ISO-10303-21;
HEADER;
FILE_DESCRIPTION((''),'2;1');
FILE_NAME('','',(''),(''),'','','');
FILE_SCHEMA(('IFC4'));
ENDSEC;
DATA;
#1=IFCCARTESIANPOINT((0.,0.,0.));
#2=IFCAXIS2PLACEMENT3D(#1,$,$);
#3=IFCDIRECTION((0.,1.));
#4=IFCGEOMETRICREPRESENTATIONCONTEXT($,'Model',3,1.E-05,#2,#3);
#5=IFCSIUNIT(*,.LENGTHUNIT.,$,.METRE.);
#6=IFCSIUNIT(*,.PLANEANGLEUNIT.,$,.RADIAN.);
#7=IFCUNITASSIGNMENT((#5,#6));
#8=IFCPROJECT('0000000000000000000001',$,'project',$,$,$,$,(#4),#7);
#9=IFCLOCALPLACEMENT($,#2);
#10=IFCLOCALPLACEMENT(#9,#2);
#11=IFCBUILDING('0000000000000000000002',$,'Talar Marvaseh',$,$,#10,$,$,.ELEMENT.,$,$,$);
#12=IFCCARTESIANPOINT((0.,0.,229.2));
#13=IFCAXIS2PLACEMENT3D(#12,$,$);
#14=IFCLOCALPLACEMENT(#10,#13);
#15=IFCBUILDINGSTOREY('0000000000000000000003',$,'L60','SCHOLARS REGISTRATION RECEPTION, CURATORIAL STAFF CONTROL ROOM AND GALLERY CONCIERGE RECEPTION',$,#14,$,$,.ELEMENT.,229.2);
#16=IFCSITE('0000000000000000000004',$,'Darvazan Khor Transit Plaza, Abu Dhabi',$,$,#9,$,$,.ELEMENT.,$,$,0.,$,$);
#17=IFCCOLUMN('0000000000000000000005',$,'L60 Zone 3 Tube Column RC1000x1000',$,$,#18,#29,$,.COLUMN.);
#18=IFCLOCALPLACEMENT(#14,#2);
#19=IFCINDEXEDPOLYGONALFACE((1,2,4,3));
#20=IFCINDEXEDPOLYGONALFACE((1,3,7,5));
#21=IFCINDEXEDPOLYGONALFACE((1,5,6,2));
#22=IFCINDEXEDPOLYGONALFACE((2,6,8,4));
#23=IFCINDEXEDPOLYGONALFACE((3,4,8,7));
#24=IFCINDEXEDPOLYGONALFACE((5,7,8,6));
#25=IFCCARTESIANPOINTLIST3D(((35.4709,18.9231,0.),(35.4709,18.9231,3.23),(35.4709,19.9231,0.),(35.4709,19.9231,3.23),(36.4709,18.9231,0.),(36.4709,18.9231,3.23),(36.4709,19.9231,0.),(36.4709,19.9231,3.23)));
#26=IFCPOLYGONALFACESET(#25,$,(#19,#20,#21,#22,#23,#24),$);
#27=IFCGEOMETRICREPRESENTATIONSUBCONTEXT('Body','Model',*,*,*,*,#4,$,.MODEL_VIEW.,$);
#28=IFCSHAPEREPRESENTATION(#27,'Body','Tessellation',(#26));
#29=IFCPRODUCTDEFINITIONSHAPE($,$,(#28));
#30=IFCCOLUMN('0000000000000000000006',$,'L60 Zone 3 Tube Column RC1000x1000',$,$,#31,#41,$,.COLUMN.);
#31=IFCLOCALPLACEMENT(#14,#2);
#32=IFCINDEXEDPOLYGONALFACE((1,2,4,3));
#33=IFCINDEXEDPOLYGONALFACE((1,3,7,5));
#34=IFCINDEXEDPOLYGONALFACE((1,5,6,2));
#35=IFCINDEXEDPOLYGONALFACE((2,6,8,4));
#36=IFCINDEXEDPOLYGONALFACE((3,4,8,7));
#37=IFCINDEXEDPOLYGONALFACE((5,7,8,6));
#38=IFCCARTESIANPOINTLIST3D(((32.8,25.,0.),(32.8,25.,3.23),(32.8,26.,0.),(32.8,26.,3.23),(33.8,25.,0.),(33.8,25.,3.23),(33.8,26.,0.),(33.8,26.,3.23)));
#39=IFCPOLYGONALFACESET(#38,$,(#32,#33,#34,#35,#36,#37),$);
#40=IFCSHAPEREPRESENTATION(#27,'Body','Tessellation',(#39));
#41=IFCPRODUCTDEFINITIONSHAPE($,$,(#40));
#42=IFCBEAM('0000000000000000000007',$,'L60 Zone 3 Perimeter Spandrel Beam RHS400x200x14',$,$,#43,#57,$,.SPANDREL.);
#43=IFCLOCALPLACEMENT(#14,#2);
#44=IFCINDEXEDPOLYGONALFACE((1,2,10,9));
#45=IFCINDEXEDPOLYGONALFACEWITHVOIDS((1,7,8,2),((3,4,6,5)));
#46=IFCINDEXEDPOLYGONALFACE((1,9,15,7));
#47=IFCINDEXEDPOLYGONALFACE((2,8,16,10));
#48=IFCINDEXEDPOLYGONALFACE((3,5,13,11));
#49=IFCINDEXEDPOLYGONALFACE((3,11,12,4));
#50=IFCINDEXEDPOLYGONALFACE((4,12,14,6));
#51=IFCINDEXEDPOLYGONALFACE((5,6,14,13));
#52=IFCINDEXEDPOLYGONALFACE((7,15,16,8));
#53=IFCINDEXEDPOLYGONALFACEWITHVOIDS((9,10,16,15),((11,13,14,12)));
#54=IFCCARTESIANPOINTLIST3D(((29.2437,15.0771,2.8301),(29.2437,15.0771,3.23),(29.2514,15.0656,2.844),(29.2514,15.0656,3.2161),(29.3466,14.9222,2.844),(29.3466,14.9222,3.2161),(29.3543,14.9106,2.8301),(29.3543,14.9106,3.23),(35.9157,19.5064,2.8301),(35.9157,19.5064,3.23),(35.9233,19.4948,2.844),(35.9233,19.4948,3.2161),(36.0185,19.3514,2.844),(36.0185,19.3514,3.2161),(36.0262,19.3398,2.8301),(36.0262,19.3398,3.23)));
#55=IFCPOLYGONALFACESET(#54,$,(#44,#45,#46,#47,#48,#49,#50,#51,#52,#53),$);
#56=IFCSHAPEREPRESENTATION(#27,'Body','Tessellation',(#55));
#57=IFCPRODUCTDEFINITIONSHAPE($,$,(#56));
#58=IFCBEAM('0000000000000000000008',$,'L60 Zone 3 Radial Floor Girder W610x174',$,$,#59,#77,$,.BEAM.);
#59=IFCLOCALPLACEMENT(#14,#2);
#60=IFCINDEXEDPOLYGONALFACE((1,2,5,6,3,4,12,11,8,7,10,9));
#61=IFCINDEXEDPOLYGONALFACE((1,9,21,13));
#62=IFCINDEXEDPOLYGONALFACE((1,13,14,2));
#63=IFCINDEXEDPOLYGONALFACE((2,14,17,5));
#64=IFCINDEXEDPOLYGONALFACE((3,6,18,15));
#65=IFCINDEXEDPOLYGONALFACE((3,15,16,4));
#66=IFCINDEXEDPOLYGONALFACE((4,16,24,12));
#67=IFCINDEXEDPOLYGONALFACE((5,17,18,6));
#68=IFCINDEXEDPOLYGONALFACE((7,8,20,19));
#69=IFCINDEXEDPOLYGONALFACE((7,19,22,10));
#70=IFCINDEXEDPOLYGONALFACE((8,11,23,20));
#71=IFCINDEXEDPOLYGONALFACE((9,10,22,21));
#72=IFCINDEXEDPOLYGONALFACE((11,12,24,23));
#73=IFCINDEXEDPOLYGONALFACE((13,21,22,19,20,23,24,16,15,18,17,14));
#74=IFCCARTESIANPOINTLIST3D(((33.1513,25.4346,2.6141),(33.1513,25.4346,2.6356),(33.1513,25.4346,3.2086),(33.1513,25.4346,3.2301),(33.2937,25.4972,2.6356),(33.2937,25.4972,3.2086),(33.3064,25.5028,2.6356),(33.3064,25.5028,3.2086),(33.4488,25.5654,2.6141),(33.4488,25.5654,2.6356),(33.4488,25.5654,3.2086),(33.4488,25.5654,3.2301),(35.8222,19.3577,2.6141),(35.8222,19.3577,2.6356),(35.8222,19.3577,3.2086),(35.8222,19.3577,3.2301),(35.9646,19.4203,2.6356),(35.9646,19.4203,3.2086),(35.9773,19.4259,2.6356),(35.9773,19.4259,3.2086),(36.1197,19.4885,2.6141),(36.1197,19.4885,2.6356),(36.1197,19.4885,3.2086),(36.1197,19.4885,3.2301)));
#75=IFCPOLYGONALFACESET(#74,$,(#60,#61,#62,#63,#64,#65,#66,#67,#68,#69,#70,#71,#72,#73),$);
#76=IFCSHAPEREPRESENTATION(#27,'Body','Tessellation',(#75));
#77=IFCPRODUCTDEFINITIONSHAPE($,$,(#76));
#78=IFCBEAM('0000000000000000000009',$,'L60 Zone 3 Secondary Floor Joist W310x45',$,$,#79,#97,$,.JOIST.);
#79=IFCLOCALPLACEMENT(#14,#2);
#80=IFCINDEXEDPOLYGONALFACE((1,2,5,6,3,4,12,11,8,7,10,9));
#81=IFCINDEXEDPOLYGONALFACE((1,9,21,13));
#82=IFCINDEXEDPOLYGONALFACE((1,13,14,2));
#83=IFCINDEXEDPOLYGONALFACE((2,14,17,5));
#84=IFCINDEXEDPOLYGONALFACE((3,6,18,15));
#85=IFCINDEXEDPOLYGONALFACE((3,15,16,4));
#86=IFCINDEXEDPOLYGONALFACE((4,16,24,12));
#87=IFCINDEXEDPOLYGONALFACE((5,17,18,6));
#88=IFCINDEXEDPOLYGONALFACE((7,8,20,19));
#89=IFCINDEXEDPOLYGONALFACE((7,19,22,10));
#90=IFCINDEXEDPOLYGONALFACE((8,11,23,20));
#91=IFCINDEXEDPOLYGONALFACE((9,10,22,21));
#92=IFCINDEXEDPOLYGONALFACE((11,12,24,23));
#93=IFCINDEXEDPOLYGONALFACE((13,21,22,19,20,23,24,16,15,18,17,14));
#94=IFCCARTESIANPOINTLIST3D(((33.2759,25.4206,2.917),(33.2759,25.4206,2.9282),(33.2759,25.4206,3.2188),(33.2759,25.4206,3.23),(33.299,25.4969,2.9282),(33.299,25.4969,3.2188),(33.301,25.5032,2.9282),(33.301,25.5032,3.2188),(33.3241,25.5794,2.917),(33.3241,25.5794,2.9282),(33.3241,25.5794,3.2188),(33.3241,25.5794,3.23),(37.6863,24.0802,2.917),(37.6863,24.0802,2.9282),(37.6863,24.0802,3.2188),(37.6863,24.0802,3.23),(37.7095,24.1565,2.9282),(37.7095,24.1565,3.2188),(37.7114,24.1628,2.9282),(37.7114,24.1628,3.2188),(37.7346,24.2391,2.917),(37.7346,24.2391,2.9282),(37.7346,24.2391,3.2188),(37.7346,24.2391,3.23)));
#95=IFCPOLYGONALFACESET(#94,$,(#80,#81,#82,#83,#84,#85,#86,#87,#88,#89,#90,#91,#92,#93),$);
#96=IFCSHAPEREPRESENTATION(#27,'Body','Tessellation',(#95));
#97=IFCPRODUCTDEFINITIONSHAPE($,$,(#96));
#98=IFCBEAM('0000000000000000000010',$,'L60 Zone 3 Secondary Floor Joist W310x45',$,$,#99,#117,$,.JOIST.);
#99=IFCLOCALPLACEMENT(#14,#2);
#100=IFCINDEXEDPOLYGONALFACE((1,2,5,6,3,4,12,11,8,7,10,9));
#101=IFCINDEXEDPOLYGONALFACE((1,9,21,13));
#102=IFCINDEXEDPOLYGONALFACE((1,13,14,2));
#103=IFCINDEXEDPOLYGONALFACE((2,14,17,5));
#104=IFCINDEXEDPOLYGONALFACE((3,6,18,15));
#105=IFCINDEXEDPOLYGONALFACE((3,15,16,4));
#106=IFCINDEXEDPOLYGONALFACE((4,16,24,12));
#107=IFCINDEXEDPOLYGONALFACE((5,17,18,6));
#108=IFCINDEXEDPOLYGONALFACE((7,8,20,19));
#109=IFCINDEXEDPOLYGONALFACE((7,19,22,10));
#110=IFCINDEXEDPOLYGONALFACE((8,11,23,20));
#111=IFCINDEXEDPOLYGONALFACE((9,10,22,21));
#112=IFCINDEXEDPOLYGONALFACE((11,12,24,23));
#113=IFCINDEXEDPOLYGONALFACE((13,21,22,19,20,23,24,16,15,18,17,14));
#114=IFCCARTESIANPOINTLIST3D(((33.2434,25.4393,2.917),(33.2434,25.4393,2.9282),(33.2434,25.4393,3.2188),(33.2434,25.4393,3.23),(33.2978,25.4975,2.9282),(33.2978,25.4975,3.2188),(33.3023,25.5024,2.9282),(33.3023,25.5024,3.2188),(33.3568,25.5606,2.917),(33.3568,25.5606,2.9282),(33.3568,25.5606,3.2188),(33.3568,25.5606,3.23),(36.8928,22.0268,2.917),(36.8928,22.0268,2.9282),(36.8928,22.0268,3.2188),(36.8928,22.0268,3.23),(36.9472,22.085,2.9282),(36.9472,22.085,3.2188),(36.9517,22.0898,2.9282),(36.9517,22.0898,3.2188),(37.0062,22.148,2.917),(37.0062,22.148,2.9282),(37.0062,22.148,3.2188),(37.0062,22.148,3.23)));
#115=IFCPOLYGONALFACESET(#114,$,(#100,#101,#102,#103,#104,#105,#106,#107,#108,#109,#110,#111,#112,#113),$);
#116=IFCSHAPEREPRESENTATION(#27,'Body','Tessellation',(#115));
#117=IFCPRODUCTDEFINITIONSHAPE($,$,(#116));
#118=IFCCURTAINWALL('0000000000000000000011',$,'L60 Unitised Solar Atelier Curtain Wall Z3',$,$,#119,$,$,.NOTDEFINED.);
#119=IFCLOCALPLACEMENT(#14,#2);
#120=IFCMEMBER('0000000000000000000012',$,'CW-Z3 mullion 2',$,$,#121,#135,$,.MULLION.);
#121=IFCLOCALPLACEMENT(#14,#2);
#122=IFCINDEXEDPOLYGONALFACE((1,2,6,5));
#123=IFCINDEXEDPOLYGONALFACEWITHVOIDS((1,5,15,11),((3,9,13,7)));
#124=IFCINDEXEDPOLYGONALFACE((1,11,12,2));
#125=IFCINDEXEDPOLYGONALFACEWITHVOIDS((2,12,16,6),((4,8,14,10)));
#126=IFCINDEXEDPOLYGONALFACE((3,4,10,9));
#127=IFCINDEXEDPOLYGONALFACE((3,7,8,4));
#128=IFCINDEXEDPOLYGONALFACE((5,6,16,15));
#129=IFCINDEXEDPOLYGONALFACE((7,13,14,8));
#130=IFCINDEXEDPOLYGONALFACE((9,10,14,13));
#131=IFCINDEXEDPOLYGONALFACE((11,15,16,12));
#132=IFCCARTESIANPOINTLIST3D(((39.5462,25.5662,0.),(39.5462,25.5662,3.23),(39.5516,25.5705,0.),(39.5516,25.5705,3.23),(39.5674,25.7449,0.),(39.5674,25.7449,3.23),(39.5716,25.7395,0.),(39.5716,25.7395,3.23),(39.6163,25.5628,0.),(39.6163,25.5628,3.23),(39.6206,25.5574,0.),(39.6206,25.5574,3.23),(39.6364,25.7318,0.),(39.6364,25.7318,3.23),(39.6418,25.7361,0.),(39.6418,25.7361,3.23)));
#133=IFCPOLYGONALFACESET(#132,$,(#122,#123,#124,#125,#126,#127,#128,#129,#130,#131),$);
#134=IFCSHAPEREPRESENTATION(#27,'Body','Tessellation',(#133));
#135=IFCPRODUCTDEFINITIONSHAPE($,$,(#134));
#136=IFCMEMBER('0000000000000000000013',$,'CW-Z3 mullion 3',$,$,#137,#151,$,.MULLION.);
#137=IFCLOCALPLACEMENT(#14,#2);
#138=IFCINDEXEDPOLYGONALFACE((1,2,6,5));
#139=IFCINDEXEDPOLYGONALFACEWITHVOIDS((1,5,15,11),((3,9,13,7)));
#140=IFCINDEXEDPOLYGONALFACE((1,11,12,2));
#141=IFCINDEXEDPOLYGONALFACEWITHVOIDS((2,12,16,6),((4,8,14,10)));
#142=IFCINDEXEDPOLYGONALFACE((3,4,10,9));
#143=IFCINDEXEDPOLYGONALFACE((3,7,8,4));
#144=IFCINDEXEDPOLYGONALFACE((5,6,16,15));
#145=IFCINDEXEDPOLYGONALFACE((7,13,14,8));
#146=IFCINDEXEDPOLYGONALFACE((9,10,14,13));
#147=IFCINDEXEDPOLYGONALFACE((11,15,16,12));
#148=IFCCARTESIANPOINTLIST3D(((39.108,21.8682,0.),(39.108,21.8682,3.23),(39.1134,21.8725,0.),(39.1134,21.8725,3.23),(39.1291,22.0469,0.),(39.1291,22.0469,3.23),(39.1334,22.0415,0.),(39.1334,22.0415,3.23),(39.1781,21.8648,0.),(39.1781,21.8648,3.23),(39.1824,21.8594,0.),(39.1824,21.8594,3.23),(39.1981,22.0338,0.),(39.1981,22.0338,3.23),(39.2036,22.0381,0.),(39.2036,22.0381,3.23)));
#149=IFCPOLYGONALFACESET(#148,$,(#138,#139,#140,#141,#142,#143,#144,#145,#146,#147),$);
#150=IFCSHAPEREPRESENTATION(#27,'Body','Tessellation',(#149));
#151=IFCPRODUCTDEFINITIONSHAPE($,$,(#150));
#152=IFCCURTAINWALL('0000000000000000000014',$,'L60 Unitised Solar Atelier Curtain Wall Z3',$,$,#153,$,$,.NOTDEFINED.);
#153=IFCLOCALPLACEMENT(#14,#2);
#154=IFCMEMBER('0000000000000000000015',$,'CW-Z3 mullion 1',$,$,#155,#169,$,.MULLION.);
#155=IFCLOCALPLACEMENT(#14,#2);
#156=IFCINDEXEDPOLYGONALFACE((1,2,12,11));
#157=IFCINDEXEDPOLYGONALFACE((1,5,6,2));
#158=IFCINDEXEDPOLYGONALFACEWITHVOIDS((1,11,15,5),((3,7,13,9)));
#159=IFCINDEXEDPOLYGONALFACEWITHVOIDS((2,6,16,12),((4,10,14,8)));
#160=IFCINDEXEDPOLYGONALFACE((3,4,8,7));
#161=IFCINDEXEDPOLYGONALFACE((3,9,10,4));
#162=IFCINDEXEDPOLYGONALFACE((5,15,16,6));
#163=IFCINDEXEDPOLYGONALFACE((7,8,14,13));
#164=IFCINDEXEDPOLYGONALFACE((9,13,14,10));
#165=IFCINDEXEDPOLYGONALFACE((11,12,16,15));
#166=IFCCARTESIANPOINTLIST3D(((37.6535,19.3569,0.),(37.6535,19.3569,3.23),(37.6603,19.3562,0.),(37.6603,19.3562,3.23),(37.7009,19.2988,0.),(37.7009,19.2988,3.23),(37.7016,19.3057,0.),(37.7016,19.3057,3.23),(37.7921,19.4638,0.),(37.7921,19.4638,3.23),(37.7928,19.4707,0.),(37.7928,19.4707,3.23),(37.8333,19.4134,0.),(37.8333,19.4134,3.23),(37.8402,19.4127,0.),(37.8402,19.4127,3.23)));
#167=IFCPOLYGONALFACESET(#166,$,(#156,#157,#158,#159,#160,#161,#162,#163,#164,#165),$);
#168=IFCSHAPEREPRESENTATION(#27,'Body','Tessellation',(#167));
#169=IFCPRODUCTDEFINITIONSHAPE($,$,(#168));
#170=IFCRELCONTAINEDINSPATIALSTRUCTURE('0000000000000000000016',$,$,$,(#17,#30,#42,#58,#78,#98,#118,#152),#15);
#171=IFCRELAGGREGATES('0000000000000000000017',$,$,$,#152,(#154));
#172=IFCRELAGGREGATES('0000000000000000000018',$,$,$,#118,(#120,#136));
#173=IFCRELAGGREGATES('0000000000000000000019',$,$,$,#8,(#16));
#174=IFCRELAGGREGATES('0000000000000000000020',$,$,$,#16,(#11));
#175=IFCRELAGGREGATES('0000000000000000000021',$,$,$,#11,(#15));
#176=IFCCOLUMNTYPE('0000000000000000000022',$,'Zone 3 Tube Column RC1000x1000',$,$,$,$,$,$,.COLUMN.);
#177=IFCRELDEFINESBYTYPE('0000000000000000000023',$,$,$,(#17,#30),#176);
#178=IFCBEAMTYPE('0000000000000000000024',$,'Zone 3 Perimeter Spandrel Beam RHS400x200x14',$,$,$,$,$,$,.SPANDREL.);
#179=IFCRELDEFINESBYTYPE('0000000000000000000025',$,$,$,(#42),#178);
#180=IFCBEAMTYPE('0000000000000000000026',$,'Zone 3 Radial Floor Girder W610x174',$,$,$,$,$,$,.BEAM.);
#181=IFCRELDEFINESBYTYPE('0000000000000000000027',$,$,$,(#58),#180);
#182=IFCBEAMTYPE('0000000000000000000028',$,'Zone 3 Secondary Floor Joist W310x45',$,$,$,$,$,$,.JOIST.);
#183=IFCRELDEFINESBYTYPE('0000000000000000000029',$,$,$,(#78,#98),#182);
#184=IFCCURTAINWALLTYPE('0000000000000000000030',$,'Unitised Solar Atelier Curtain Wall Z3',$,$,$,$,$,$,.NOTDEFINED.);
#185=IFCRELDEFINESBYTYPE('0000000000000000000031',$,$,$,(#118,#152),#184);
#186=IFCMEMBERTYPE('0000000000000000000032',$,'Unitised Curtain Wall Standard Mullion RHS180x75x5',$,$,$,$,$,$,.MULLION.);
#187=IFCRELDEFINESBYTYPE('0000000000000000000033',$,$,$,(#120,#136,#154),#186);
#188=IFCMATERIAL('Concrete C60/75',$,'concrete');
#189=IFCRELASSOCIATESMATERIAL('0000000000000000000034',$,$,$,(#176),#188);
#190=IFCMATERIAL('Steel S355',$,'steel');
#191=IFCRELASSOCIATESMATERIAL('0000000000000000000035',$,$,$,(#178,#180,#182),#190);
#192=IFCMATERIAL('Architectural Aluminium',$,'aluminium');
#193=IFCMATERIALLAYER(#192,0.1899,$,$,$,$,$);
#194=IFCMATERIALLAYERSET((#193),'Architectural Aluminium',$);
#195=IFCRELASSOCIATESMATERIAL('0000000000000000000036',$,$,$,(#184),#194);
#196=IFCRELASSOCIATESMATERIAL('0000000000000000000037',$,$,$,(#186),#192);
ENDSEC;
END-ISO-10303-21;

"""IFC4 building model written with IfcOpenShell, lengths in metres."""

from ifc_helpers import new_model, si_unit, direction, frame, origin, origin_2d, place, context, subcontext, project, spatial, rectangle, hollow_rectangle, i_section, extrude, source, transform, mapped, material, layer, layer_set, material_profile, profile_set, type_object, type_shapes, element, aggregate, save


model = new_model("IFC4")

# Units and contexts
model_context = context("Model", 3, precision=1e-05, world=origin(), true_north=direction((0.0, 1.0)))
body_context = subcontext(model_context, "Body", "Model", "MODEL_VIEW")
ifc_project = project(units=[si_unit("LENGTHUNIT", "METRE"), si_unit("PLANEANGLEUNIT", "RADIAN")], contexts=[model_context])

# Site, building, storey
site_placement = place(None, origin())
site = spatial("IfcSite", under=ifc_project, at=site_placement, Name="Darvazan Khor Transit Plaza, Abu Dhabi", CompositionType="ELEMENT", RefElevation=0.0)
building_placement = place(site_placement, origin())
building = spatial("IfcBuilding", under=site, at=building_placement, Name="Talar Marvaseh", CompositionType="ELEMENT")
storey_placement = place(building_placement, frame((0.0, 0.0, 229.2)))
storey = spatial("IfcBuildingStorey", under=building, at=storey_placement, Name="L60", Description="SCHOLARS REGISTRATION RECEPTION, CURATORIAL STAFF CONTROL ROOM AND GALLERY CONCIERGE RECEPTION", CompositionType="ELEMENT", Elevation=229.2)

# Columns
ifc_material_1 = material(Name="Concrete C60/75", Category="concrete")
ifc_material_profile_1 = material_profile(ifc_material_1, rectangle(XDim=1.0, YDim=1.0, at=origin_2d()), Name="RC1000x1000")
ifc_profile_set_1 = profile_set([ifc_material_profile_1], Name="Concrete C60/75")
column_type = type_object("IfcColumnType", Name="Zone 3 Tube Column RC1000x1000", PredefinedType="COLUMN", material=ifc_profile_set_1)
for number, where, z_axis, x_axis, name in (
    (1, (35.9709, 19.4231, 0.0), (0.0, 0.0, 1.0), (1.0, 0.0, 0.0), "L60 Zone 3 Tube Column RC1000x1000"),
    (2, (33.3, 25.5, 0.0), (0.0, 0.0, 1.0), (1.0, 0.0, 0.0), "L60 Zone 3 Tube Column RC1000x1000"),
):
    element("IfcColumn", number, at=place(storey_placement, frame(where, z_axis=z_axis, x_axis=x_axis)), inside=storey, type_object=column_type, Name=name, PredefinedType="COLUMN", context=body_context, shape_type="SweptSolid", body=[
        extrude(rectangle(XDim=1.0, YDim=1.0, at=origin_2d()), origin(), (0.0, 0.0, 1.0), 3.23),
    ])

# Beams
ifc_material_2 = material(Name="Steel S355", Category="steel")
ifc_material_profile_2 = material_profile(ifc_material_2, hollow_rectangle(XDim=0.2, YDim=0.3999, WallThickness=0.0139, at=origin_2d()), Name="RHS400x200x14")
ifc_profile_set_2 = profile_set([ifc_material_profile_2], Name="Steel S355")
beam_type_1 = type_object("IfcBeamType", Name="Zone 3 Perimeter Spandrel Beam RHS400x200x14", PredefinedType="SPANDREL", material=ifc_profile_set_2)
beam_1_placement = place(storey_placement, frame((35.9709, 19.4231, 3.03), z_axis=(-0.833127, -0.553081, 0.0), x_axis=(0.553081, -0.833127, 0.0)))
element("IfcBeam", 3, at=beam_1_placement, inside=storey, type_object=beam_type_1, Name="L60 Zone 3 Perimeter Spandrel Beam RHS400x200x14", PredefinedType="SPANDREL", context=body_context, shape_type="SweptSolid", body=[
    extrude(hollow_rectangle(XDim=0.2, YDim=0.3999, WallThickness=0.0139, at=origin_2d()), origin(), (0.0, 0.0, 1.0), 8.0083),
])
ifc_material_profile_3 = material_profile(ifc_material_2, i_section(OverallWidth=0.325, OverallDepth=0.616, WebThickness=0.0139, FlangeThickness=0.0215, at=origin_2d()), Name="W610x174")
ifc_profile_set_3 = profile_set([ifc_material_profile_3], Name="Steel S355")
beam_type_2 = type_object("IfcBeamType", Name="Zone 3 Radial Floor Girder W610x174", PredefinedType="BEAM", material=ifc_profile_set_3)
beam_2_placement = place(storey_placement, frame((35.9709, 19.4231, 2.9221), z_axis=(-0.402368, 0.915478, 0.0), x_axis=(-0.915478, -0.402368, 0.0)))
element("IfcBeam", 4, at=beam_2_placement, inside=storey, type_object=beam_type_2, Name="L60 Zone 3 Radial Floor Girder W610x174", PredefinedType="BEAM", context=body_context, shape_type="SweptSolid", body=[
    extrude(i_section(OverallWidth=0.325, OverallDepth=0.616, WebThickness=0.0139, FlangeThickness=0.0215, at=origin_2d()), origin(), (0.0, 0.0, 1.0), 6.6379),
])
ifc_material_profile_4 = material_profile(ifc_material_2, i_section(OverallWidth=0.166, OverallDepth=0.313, WebThickness=0.0066, FlangeThickness=0.0112, at=origin_2d()), Name="W310x45")
ifc_profile_set_4 = profile_set([ifc_material_profile_4], Name="Steel S355")
beam_type_3 = type_object("IfcBeamType", Name="Zone 3 Secondary Floor Joist W310x45", PredefinedType="JOIST", material=ifc_profile_set_4)
beam_3_placement = place(storey_placement, frame((37.7104, 24.1597, 3.0735), z_axis=(-0.956792, 0.290772, 0.0), x_axis=(-0.290772, -0.956792, 0.0)))
element("IfcBeam", 5, at=beam_3_placement, inside=storey, type_object=beam_type_3, Name="L60 Zone 3 Secondary Floor Joist W310x45", PredefinedType="JOIST", context=body_context, shape_type="SweptSolid", body=[
    extrude(i_section(OverallWidth=0.166, OverallDepth=0.313, WebThickness=0.0066, FlangeThickness=0.0112, at=origin_2d()), origin(), (0.0, 0.0, 1.0), 4.6096),
])
beam_4_placement = place(storey_placement, frame((36.9495, 22.0874, 3.0735), z_axis=(-0.730408, 0.683011, 0.0), x_axis=(-0.683011, -0.730408, 0.0)))
element("IfcBeam", 6, at=beam_4_placement, inside=storey, type_object=beam_type_3, Name="L60 Zone 3 Secondary Floor Joist W310x45", PredefinedType="JOIST", context=body_context, shape_type="SweptSolid", body=[
    extrude(i_section(OverallWidth=0.166, OverallDepth=0.313, WebThickness=0.0066, FlangeThickness=0.0112, at=origin_2d()), origin(), (0.0, 0.0, 1.0), 4.9963),
])

# Curtain walls, members
ifc_material_3 = material(Name="Architectural Aluminium", Category="aluminium")
ifc_layer_1 = layer(ifc_material_3, 0.1899)
ifc_layer_set_1 = layer_set([ifc_layer_1], Name="Architectural Aluminium")
curtain_wall_type = type_object("IfcCurtainWallType", Name="Unitised Solar Atelier Curtain Wall Z3", PredefinedType="NOTDEFINED", material=ifc_layer_set_1)
curtain_wall_1_placement = place(storey_placement, origin())
curtain_wall_1 = element("IfcCurtainWall", 7, at=curtain_wall_1_placement, inside=storey, type_object=curtain_wall_type, Name="L60 Unitised Solar Atelier Curtain Wall Z3", PredefinedType="NOTDEFINED")
ifc_material_profile_5 = material_profile(ifc_material_3, hollow_rectangle(XDim=0.075, YDim=0.1799, WallThickness=0.0049, at=origin_2d()), Name="RHS180x75x5")
ifc_profile_set_5 = profile_set([ifc_material_profile_5], Name="Architectural Aluminium")
member_type_1 = type_object("IfcMemberType", Name="Unitised Curtain Wall Standard Mullion RHS180x75x5", PredefinedType="MULLION", material=ifc_profile_set_5)
shared_shape_1 = source(origin(), body_context, "Body", "SweptSolid", [
    extrude(hollow_rectangle(XDim=0.075, YDim=0.1799, WallThickness=0.0049, at=origin_2d()), origin(), (0.0, 0.0, 1.0), 3.23),
])
type_shapes(member_type_1, [shared_shape_1])
member_1_placement = place(storey_placement, frame((39.594, 25.6511, 0.0), z_axis=(0.0, 0.0, 1.0), x_axis=(0.993051, -0.117689, 0.0)))
member_1 = element("IfcMember", 8, at=member_1_placement, type_object=member_type_1, Name="CW-Z3 mullion 2", PredefinedType="MULLION", context=body_context, shape_type="MappedRepresentation", body=[
    mapped(shared_shape_1, transform((0.0, 0.0, 0.0), x_axis=(1.0, 0.0, 0.0), y_axis=(0.0, 1.0, 0.0), z_axis=(0.0, 0.0, 1.0), scale=1.0)),
])
member_2_placement = place(storey_placement, frame((39.1558, 21.9531, 0.0), z_axis=(0.0, 0.0, 1.0), x_axis=(0.993051, -0.117689, 0.0)))
member_2 = element("IfcMember", 9, at=member_2_placement, type_object=member_type_1, Name="CW-Z3 mullion 3", PredefinedType="MULLION", context=body_context, shape_type="MappedRepresentation", body=[
    mapped(shared_shape_1, transform((0.0, 0.0, 0.0), x_axis=(1.0, 0.0, 0.0), y_axis=(0.0, 1.0, 0.0), z_axis=(0.0, 0.0, 1.0), scale=1.0)),
])
curtain_wall_2_placement = place(storey_placement, origin())
curtain_wall_2 = element("IfcCurtainWall", 10, at=curtain_wall_2_placement, inside=storey, type_object=curtain_wall_type, Name="L60 Unitised Solar Atelier Curtain Wall Z3", PredefinedType="NOTDEFINED")
member_3_placement = place(storey_placement, frame((37.7468, 19.3848, 0.0), z_axis=(0.0, 0.0, 1.0), x_axis=(0.632822, -0.774297, 0.0)))
member_3 = element("IfcMember", 11, at=member_3_placement, type_object=member_type_1, Name="CW-Z3 mullion 1", PredefinedType="MULLION", context=body_context, shape_type="MappedRepresentation", body=[
    mapped(shared_shape_1, transform((0.0, 0.0, 0.0), x_axis=(1.0, 0.0, 0.0), y_axis=(0.0, 1.0, 0.0), z_axis=(0.0, 0.0, 1.0), scale=1.0)),
])
aggregate(curtain_wall_2, [member_3])

aggregate(curtain_wall_1, [member_1, member_2])

save(model, "model.ifc")
